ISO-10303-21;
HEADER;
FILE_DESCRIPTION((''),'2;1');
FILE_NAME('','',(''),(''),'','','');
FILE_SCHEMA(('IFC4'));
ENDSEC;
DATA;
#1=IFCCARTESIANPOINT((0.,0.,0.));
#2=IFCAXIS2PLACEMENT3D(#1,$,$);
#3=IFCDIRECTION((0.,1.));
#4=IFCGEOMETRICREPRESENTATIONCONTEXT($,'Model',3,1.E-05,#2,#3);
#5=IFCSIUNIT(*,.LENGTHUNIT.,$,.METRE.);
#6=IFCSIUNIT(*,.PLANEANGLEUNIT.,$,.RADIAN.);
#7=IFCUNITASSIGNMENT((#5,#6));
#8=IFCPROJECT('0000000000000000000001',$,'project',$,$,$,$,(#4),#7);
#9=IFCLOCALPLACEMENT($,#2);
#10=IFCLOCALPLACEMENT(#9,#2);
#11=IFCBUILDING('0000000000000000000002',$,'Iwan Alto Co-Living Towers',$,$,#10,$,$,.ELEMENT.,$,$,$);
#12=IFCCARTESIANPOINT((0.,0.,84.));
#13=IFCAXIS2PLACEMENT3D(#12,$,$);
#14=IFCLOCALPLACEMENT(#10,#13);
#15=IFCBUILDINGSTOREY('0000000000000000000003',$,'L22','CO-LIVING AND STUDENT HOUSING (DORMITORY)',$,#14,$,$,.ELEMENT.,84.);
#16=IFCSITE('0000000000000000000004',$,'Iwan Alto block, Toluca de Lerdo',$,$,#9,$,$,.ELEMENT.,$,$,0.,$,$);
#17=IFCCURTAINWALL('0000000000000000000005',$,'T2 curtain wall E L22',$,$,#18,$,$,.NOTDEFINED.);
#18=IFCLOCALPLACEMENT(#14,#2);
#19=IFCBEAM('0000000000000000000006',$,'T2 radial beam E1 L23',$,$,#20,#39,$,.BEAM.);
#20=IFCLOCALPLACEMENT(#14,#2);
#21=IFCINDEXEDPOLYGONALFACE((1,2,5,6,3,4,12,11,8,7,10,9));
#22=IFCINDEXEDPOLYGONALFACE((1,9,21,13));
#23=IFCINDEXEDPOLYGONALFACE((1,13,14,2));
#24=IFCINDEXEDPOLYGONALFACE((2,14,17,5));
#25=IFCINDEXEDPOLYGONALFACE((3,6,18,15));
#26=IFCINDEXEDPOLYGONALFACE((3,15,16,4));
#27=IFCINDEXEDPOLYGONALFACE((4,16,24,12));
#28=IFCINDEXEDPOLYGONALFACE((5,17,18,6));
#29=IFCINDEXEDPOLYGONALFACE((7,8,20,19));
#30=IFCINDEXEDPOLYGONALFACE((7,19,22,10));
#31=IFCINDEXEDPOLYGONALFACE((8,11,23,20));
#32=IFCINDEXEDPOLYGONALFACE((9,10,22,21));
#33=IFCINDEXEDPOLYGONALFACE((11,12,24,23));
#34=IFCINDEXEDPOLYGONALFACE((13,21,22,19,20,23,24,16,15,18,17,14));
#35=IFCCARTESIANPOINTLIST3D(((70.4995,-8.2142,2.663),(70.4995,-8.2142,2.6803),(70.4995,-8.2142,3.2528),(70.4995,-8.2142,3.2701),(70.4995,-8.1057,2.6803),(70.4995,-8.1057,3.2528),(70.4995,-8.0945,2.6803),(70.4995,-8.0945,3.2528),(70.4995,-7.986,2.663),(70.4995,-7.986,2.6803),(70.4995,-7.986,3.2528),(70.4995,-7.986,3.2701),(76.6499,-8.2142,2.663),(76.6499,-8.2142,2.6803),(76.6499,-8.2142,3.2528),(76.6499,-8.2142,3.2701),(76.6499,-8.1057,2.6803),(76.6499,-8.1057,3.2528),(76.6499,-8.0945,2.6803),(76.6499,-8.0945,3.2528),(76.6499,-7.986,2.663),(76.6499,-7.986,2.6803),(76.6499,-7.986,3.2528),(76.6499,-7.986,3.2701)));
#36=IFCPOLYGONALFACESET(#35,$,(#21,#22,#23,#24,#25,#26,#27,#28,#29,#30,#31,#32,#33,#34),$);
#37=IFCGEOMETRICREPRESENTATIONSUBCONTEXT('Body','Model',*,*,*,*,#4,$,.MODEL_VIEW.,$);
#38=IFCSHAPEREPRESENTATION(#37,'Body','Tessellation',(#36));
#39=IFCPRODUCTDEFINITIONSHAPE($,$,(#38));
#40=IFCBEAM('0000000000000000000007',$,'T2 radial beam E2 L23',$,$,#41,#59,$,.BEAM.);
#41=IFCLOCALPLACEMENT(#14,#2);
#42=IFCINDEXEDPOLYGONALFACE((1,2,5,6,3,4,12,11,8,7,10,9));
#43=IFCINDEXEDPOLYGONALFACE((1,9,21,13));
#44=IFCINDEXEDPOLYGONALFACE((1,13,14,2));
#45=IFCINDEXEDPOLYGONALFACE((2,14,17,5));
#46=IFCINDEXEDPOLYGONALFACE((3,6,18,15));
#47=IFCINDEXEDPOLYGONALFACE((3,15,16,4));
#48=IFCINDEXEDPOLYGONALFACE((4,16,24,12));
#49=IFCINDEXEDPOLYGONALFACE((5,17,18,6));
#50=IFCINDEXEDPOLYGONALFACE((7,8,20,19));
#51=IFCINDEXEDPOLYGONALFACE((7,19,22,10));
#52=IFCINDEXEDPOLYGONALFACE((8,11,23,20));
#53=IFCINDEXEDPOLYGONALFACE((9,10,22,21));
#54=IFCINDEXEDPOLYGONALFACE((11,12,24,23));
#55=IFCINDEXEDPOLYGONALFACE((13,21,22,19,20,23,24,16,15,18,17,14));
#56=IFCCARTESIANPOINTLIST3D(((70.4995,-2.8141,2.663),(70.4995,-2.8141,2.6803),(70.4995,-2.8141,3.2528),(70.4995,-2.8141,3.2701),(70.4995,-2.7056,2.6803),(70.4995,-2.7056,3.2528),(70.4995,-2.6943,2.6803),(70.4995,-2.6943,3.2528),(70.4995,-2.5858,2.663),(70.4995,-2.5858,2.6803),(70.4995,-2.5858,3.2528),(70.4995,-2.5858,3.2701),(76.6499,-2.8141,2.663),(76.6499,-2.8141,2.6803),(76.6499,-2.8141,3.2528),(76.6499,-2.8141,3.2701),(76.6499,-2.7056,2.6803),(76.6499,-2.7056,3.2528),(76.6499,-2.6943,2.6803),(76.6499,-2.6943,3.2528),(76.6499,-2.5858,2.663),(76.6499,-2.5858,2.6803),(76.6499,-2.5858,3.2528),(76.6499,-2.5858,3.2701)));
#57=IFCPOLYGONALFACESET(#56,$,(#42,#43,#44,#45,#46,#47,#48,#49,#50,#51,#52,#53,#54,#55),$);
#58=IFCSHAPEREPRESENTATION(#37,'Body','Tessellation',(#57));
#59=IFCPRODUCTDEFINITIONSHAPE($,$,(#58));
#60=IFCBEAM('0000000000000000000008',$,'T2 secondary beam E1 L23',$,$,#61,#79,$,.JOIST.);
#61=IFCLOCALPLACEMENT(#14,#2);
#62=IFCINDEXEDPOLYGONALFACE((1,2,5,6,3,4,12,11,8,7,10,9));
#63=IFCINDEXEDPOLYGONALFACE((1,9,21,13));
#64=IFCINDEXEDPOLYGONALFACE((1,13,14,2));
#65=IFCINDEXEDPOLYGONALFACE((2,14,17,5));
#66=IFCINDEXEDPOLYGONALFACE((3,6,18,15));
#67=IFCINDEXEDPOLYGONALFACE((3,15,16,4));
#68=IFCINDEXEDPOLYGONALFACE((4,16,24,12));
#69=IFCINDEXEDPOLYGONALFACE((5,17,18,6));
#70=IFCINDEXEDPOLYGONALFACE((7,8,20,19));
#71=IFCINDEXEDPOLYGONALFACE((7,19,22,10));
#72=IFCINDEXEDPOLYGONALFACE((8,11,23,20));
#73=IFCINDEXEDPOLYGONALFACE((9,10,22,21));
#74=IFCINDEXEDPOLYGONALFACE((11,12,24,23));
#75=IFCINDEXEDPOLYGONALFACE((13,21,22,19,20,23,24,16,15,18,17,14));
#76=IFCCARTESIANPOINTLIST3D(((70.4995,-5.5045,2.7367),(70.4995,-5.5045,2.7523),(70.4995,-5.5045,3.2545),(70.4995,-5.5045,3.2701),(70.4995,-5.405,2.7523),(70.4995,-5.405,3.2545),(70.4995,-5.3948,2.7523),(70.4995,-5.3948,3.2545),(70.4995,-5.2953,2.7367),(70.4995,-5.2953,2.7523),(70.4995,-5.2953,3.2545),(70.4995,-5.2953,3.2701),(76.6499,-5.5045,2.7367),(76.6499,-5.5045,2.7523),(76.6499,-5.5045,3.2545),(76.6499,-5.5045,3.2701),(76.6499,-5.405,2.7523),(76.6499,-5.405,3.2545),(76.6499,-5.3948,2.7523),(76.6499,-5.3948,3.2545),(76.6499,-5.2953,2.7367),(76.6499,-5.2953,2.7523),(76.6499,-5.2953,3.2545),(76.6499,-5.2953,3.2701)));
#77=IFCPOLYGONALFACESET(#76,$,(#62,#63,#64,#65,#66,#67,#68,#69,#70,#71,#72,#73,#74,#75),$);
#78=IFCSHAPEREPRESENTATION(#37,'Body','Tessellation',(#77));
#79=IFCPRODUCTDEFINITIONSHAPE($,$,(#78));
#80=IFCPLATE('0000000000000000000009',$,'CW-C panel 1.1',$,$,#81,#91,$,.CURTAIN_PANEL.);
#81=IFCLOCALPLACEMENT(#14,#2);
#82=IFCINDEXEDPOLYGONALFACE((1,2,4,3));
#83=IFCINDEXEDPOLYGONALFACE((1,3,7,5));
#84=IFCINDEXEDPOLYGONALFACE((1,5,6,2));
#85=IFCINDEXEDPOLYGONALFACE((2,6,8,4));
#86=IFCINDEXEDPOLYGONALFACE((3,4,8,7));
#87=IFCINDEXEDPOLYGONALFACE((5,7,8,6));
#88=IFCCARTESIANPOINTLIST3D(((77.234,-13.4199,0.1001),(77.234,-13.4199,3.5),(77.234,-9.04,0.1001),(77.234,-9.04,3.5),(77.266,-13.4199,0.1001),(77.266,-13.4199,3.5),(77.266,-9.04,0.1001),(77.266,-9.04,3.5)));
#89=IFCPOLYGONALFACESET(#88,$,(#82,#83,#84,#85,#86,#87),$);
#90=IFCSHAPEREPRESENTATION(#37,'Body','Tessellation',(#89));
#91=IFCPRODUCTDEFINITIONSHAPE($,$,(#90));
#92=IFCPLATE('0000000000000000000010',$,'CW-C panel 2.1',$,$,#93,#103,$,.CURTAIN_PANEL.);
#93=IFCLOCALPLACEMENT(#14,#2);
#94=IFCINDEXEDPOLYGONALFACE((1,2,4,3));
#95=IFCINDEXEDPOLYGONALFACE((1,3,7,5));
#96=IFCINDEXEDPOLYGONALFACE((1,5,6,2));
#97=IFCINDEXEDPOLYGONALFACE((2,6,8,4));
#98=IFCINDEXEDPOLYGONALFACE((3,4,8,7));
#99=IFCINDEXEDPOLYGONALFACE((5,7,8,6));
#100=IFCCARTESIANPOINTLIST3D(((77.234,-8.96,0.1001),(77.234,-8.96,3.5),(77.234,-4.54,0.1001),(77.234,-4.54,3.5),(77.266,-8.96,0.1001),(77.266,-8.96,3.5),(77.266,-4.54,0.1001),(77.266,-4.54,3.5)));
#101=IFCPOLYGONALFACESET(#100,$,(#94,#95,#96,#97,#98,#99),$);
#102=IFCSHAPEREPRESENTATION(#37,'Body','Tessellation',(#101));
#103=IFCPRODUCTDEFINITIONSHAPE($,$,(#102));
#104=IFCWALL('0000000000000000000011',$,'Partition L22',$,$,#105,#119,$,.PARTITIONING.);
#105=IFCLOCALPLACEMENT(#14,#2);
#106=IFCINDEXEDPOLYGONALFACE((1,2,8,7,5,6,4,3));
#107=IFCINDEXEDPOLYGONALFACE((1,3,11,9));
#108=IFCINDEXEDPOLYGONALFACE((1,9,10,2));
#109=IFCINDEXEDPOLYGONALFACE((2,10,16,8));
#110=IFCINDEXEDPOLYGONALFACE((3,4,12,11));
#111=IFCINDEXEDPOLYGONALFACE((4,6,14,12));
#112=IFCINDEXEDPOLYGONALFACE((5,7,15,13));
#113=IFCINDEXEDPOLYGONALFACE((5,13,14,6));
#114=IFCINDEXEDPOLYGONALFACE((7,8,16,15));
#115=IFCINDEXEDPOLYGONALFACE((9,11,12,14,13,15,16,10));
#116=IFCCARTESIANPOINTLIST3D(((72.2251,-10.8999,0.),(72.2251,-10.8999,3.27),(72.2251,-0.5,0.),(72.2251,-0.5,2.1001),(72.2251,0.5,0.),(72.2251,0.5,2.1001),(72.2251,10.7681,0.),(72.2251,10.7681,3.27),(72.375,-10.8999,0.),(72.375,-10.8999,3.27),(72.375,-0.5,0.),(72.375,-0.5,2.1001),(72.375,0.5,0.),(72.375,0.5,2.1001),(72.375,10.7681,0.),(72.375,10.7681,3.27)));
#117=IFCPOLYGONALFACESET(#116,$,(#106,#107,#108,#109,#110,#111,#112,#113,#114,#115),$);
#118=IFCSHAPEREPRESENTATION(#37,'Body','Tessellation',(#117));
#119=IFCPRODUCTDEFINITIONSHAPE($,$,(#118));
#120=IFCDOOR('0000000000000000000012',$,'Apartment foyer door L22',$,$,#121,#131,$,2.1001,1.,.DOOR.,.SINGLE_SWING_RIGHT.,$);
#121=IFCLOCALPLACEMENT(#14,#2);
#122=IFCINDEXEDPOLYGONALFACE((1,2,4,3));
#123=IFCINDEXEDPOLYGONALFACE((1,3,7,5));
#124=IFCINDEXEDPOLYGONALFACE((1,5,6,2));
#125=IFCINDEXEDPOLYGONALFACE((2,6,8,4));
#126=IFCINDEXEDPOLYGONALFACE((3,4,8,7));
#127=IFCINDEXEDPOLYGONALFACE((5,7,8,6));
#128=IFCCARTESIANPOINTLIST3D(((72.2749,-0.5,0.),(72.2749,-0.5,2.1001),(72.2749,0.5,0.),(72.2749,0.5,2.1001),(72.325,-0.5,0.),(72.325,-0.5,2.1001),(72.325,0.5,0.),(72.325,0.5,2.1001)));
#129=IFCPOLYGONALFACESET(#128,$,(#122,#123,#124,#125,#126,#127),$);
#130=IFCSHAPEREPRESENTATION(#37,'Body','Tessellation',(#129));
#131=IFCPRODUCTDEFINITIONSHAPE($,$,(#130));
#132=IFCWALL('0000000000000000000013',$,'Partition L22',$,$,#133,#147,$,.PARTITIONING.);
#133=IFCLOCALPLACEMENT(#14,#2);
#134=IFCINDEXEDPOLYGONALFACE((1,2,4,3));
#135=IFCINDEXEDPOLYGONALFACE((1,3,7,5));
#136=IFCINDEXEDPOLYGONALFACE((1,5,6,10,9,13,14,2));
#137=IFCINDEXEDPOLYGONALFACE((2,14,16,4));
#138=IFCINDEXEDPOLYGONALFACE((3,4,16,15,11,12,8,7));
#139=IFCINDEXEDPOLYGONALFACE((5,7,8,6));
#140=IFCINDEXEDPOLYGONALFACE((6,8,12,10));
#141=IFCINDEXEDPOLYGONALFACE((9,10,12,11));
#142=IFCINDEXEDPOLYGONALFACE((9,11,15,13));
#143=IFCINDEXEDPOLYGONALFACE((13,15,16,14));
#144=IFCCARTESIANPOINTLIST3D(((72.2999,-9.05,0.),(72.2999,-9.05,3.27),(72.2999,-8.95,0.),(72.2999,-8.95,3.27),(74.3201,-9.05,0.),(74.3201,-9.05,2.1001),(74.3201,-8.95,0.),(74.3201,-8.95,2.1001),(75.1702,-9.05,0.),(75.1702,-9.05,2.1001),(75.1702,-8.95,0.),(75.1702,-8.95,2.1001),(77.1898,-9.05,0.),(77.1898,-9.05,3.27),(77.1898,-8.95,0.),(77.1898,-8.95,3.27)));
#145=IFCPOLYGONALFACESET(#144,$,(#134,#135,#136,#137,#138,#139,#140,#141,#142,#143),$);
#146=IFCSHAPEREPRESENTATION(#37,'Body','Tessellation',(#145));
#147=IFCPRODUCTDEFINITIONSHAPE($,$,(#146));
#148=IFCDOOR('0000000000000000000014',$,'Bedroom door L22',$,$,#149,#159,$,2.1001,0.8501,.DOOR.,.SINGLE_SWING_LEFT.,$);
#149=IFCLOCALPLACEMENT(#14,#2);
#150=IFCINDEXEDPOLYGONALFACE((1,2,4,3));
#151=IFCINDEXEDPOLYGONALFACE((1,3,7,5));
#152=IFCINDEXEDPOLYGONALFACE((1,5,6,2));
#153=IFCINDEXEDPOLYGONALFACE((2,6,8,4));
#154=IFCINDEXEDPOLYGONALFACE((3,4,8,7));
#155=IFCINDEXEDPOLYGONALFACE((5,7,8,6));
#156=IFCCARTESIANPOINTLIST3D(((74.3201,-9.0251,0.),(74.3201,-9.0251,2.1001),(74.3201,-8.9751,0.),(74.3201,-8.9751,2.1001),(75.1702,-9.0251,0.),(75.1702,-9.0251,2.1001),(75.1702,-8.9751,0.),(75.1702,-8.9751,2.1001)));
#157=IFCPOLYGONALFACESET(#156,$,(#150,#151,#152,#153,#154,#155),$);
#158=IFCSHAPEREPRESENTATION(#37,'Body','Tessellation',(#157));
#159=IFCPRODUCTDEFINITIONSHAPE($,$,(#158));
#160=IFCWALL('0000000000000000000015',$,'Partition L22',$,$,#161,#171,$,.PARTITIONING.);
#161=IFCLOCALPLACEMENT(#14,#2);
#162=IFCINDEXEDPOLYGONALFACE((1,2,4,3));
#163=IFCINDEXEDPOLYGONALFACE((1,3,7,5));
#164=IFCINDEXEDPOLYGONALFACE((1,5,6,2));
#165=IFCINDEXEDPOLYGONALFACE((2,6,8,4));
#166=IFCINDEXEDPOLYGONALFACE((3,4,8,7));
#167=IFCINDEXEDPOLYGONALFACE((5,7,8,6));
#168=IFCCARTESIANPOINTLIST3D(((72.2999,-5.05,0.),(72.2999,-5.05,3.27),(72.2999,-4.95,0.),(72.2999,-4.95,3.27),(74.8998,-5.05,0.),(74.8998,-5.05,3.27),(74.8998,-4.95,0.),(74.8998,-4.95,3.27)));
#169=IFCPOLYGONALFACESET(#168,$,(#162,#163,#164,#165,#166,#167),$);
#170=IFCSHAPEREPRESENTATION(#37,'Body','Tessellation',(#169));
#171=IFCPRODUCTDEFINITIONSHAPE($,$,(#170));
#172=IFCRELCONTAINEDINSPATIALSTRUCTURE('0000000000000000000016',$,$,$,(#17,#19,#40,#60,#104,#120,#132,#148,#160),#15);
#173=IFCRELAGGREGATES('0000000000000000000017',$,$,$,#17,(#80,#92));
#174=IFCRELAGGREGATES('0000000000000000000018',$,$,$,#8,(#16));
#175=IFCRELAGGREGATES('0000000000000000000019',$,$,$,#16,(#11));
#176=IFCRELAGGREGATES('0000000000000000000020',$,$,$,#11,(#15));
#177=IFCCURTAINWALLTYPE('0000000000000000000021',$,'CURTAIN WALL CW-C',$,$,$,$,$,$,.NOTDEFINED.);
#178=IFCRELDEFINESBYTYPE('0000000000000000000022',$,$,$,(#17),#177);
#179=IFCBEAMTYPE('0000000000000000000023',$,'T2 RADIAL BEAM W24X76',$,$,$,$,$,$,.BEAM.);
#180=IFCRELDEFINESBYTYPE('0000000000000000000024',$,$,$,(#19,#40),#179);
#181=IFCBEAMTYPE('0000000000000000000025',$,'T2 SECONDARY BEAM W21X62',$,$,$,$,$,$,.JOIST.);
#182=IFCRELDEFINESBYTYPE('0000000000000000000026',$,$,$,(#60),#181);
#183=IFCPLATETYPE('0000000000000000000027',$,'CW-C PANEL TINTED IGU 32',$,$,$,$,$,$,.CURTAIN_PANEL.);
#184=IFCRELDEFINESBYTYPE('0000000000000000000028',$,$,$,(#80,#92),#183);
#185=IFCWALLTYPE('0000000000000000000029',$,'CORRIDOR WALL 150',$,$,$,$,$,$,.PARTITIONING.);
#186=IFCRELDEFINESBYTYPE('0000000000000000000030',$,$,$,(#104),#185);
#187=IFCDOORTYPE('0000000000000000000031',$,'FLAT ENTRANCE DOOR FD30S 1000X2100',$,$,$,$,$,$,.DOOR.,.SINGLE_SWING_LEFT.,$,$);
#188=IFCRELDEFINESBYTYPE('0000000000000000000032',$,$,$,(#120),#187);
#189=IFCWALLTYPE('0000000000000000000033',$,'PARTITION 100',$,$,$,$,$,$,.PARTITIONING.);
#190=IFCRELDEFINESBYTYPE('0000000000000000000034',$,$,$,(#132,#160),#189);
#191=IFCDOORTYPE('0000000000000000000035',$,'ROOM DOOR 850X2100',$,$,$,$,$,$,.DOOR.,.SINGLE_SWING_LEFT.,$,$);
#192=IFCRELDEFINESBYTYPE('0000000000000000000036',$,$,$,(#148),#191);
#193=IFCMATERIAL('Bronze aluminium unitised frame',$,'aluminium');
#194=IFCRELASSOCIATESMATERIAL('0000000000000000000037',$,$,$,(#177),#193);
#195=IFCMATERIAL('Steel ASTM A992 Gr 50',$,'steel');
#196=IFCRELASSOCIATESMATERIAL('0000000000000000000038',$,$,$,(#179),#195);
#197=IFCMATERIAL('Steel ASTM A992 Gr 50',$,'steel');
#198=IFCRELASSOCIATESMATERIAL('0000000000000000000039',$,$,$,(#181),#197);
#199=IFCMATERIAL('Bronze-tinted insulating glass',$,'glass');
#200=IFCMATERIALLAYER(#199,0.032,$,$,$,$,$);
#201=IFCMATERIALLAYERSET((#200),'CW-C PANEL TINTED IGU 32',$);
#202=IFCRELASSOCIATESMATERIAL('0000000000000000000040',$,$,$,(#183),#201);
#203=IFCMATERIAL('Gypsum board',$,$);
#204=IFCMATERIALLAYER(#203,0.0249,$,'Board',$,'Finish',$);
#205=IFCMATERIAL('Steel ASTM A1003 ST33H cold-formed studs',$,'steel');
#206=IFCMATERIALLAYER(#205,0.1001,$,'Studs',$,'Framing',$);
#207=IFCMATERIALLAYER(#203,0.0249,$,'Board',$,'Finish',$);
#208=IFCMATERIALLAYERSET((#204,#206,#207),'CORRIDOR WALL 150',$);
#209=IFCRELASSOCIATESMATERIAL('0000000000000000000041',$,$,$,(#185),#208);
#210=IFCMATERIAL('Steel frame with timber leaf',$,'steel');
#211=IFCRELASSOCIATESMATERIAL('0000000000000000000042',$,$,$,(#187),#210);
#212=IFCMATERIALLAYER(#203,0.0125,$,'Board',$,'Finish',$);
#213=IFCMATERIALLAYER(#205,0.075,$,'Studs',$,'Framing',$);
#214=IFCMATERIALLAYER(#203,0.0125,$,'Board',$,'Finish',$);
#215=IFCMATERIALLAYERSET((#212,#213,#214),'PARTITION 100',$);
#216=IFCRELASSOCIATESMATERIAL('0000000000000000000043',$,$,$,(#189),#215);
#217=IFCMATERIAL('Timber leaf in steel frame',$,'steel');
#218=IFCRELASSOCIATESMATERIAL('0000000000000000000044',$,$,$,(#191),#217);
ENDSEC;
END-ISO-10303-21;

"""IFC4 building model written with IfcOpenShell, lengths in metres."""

from ifc_helpers import new_model, si_unit, direction, frame, frame_2d, origin, origin_2d, place, context, subcontext, project, spatial, rectangle, i_section, extrude, material, layer, layer_set, material_profile, profile_set, type_object, element, fill, aggregate, save


model = new_model("IFC4")

# Units and contexts
model_context = context("Model", 3, precision=1e-05, world=origin(), true_north=direction((0.0, 1.0)))
body_context = subcontext(model_context, "Body", "Model", "MODEL_VIEW")
ifc_project = project(units=[si_unit("LENGTHUNIT", "METRE"), si_unit("PLANEANGLEUNIT", "RADIAN")], contexts=[model_context])

# Site, building, storey
site_placement = place(None, origin())
site = spatial("IfcSite", under=ifc_project, at=site_placement, Name="Iwan Alto block, Toluca de Lerdo", CompositionType="ELEMENT", RefElevation=0.0)
building_placement = place(site_placement, origin())
building = spatial("IfcBuilding", under=site, at=building_placement, Name="Iwan Alto Co-Living Towers", CompositionType="ELEMENT")
storey_placement = place(building_placement, frame((0.0, 0.0, 84.0)))
storey = spatial("IfcBuildingStorey", under=building, at=storey_placement, Name="L22", Description="CO-LIVING AND STUDENT HOUSING (DORMITORY)", CompositionType="ELEMENT", Elevation=84.0)

# Curtain wall
ifc_material_1 = material(Name="Bronze aluminium unitised frame", Category="aluminium")
curtain_wall_type = type_object("IfcCurtainWallType", Name="CURTAIN WALL CW-C", PredefinedType="NOTDEFINED", material=ifc_material_1)
curtain_wall_placement = place(storey_placement, origin())
curtain_wall = element("IfcCurtainWall", 1, at=curtain_wall_placement, inside=storey, type_object=curtain_wall_type, Name="T2 curtain wall E L22", PredefinedType="NOTDEFINED")

# Beams
ifc_material_2 = material(Name="Steel ASTM A992 Gr 50", Category="steel")
ifc_material_profile_1 = material_profile(ifc_material_2, i_section(OverallWidth=0.2283, OverallDepth=0.6072, WebThickness=0.0112, FlangeThickness=0.0173, at=origin_2d()), Name="W24X76")
ifc_profile_set_1 = profile_set([ifc_material_profile_1], Name="Steel ASTM A992 Gr 50")
beam_type_1 = type_object("IfcBeamType", Name="T2 RADIAL BEAM W24X76", PredefinedType="BEAM", material=ifc_profile_set_1)
for number, where, z_axis, x_axis, name in (
    (2, (76.6499, -8.1001, 2.9666), (-1.0, 0.0, 0.0), (0.0, -1.0, 0.0), "T2 radial beam E1 L23"),
    (3, (76.6499, -2.7, 2.9666), (-1.0, 0.0, 0.0), (0.0, -1.0, 0.0), "T2 radial beam E2 L23"),
):
    element("IfcBeam", number, at=place(storey_placement, frame(where, z_axis=z_axis, x_axis=x_axis)), inside=storey, type_object=beam_type_1, Name=name, PredefinedType="BEAM", context=body_context, shape_type="SweptSolid", body=[
        extrude(i_section(OverallWidth=0.2283, OverallDepth=0.6072, WebThickness=0.0112, FlangeThickness=0.0173, at=origin_2d()), origin(), (0.0, 0.0, 1.0), 6.1504),
    ])
ifc_material_3 = material(Name="Steel ASTM A992 Gr 50", Category="steel")
ifc_material_profile_2 = material_profile(ifc_material_3, i_section(OverallWidth=0.2092, OverallDepth=0.5334, WebThickness=0.0103, FlangeThickness=0.0156, at=origin_2d()), Name="W21X62")
ifc_profile_set_2 = profile_set([ifc_material_profile_2], Name="Steel ASTM A992 Gr 50")
beam_type_2 = type_object("IfcBeamType", Name="T2 SECONDARY BEAM W21X62", PredefinedType="JOIST", material=ifc_profile_set_2)
beam_1_placement = place(storey_placement, frame((76.6499, -5.3999, 3.0034), z_axis=(-1.0, 0.0, 0.0), x_axis=(0.0, -1.0, 0.0)))
element("IfcBeam", 4, at=beam_1_placement, inside=storey, type_object=beam_type_2, Name="T2 secondary beam E1 L23", PredefinedType="JOIST", context=body_context, shape_type="SweptSolid", body=[
    extrude(i_section(OverallWidth=0.2092, OverallDepth=0.5334, WebThickness=0.0103, FlangeThickness=0.0156, at=origin_2d()), origin(), (0.0, 0.0, 1.0), 6.1504),
])

# Plates
ifc_material_4 = material(Name="Bronze-tinted insulating glass", Category="glass")
ifc_layer_1 = layer(ifc_material_4, 0.032)
ifc_layer_set_1 = layer_set([ifc_layer_1], Name="CW-C PANEL TINTED IGU 32")
plate_type = type_object("IfcPlateType", Name="CW-C PANEL TINTED IGU 32", PredefinedType="CURTAIN_PANEL", material=ifc_layer_set_1)
plate_1_placement = place(storey_placement, frame((77.25, -11.23, 0.1001), z_axis=(0.0, 0.0, 1.0), x_axis=(0.0, 1.0, 0.0)))
plate_1 = element("IfcPlate", 5, at=plate_1_placement, type_object=plate_type, Name="CW-C panel 1.1", PredefinedType="CURTAIN_PANEL", context=body_context, shape_type="SweptSolid", body=[
    extrude(rectangle(XDim=4.3799, YDim=0.032, at=origin_2d()), origin(), (0.0, 0.0, 1.0), 3.3999),
])
plate_2_placement = place(storey_placement, frame((77.25, -6.75, 0.1001), z_axis=(0.0, 0.0, 1.0), x_axis=(0.0, 1.0, 0.0)))
plate_2 = element("IfcPlate", 6, at=plate_2_placement, type_object=plate_type, Name="CW-C panel 2.1", PredefinedType="CURTAIN_PANEL", context=body_context, shape_type="SweptSolid", body=[
    extrude(rectangle(XDim=4.4199, YDim=0.032, at=origin_2d()), origin(), (0.0, 0.0, 1.0), 3.3999),
])
aggregate(curtain_wall, [plate_1, plate_2])

# Walls, openings, doors
ifc_material_5 = material(Name="Gypsum board")
ifc_layer_2 = layer(ifc_material_5, 0.0249, Name="Board", Category="Finish")
ifc_material_6 = material(Name="Steel ASTM A1003 ST33H cold-formed studs", Category="steel")
ifc_layer_3 = layer(ifc_material_6, 0.1001, Name="Studs", Category="Framing")
ifc_layer_4 = layer(ifc_material_5, 0.0249, Name="Board", Category="Finish")
ifc_layer_set_2 = layer_set([ifc_layer_2, ifc_layer_3, ifc_layer_4], Name="CORRIDOR WALL 150")
wall_type_1 = type_object("IfcWallType", Name="CORRIDOR WALL 150", PredefinedType="PARTITIONING", material=ifc_layer_set_2)
wall_1_placement = place(storey_placement, frame((72.3, -10.8999, 0.0), z_axis=(0.0, 0.0, 1.0), x_axis=(0.0, 1.0, 0.0)))
wall_1 = element("IfcWall", 7, at=wall_1_placement, inside=storey, type_object=wall_type_1, Name="Partition L22", PredefinedType="PARTITIONING", context=body_context, shape_type="SweptSolid", body=[
    extrude(rectangle(XDim=21.668, YDim=0.1499, at=frame_2d((10.834, 0.0))), origin(), (0.0, 0.0, 1.0), 3.27),
])
opening_1_placement = place(wall_1_placement, frame((10.3999, 0.0, 0.0)))
opening_1 = element("IfcOpeningElement", 8, at=opening_1_placement, cuts=wall_1, PredefinedType="OPENING", context=body_context, shape_type="SweptSolid", body=[
    extrude(rectangle(XDim=1.0, YDim=2.1001, at=frame_2d((0.5, 1.05))), frame((0.0, 0.085, 0.0), z_axis=(0.0, -1.0, 0.0), x_axis=(1.0, 0.0, 0.0)), (0.0, 0.0, 1.0), 0.1699),
])
ifc_material_7 = material(Name="Steel frame with timber leaf", Category="steel")
door_type_1 = type_object("IfcDoorType", Name="FLAT ENTRANCE DOOR FD30S 1000X2100", OperationType="SINGLE_SWING_LEFT", PredefinedType="DOOR", material=ifc_material_7)
door_1_placement = place(opening_1_placement, frame((1.0, 0.0, 0.0), z_axis=(0.0, 0.0, 1.0), x_axis=(-1.0, 0.0, 0.0)))
door_1 = element("IfcDoor", 9, at=door_1_placement, inside=storey, type_object=door_type_1, Name="Apartment foyer door L22", OperationType="SINGLE_SWING_RIGHT", OverallHeight=2.1001, OverallWidth=1.0, PredefinedType="DOOR", context=body_context, shape_type="SweptSolid", body=[
    extrude(rectangle(XDim=1.0, YDim=2.1001, at=frame_2d((0.5, 1.05))), frame((0.0, 0.0249, 0.0), z_axis=(0.0, -1.0, 0.0), x_axis=(1.0, 0.0, 0.0)), (0.0, 0.0, 1.0), 0.05),
])
fill(opening_1, door_1)
ifc_layer_5 = layer(ifc_material_5, 0.0125, Name="Board", Category="Finish")
ifc_layer_6 = layer(ifc_material_6, 0.075, Name="Studs", Category="Framing")
ifc_layer_7 = layer(ifc_material_5, 0.0125, Name="Board", Category="Finish")
ifc_layer_set_3 = layer_set([ifc_layer_5, ifc_layer_6, ifc_layer_7], Name="PARTITION 100")
wall_type_2 = type_object("IfcWallType", Name="PARTITION 100", PredefinedType="PARTITIONING", material=ifc_layer_set_3)
wall_2_placement = place(storey_placement, frame((72.3, -9.0, 0.0), z_axis=(0.0, 0.0, 1.0), x_axis=(1.0, 0.0, 0.0)))
wall_2 = element("IfcWall", 10, at=wall_2_placement, inside=storey, type_object=wall_type_2, Name="Partition L22", PredefinedType="PARTITIONING", context=body_context, shape_type="SweptSolid", body=[
    extrude(rectangle(XDim=4.8899, YDim=0.1001, at=frame_2d((2.4448, 0.0))), origin(), (0.0, 0.0, 1.0), 3.27),
])
opening_2_placement = place(wall_2_placement, frame((2.02, 0.0, 0.0)))
opening_2 = element("IfcOpeningElement", 11, at=opening_2_placement, cuts=wall_2, PredefinedType="OPENING", context=body_context, shape_type="SweptSolid", body=[
    extrude(rectangle(XDim=0.8501, YDim=2.1001, at=frame_2d((0.425, 1.05))), frame((0.0, 0.0601, 0.0), z_axis=(0.0, -1.0, 0.0), x_axis=(1.0, 0.0, 0.0)), (0.0, 0.0, 1.0), 0.1201),
])
ifc_material_8 = material(Name="Timber leaf in steel frame", Category="steel")
door_type_2 = type_object("IfcDoorType", Name="ROOM DOOR 850X2100", OperationType="SINGLE_SWING_LEFT", PredefinedType="DOOR", material=ifc_material_8)
door_2_placement = place(opening_2_placement, origin())
door_2 = element("IfcDoor", 12, at=door_2_placement, inside=storey, type_object=door_type_2, Name="Bedroom door L22", OperationType="SINGLE_SWING_LEFT", OverallHeight=2.1001, OverallWidth=0.8501, PredefinedType="DOOR", context=body_context, shape_type="SweptSolid", body=[
    extrude(rectangle(XDim=0.8501, YDim=2.1001, at=frame_2d((0.425, 1.05))), frame((0.0, 0.0249, 0.0), z_axis=(0.0, -1.0, 0.0), x_axis=(1.0, 0.0, 0.0)), (0.0, 0.0, 1.0), 0.05),
])
fill(opening_2, door_2)

# Wall
wall_3_placement = place(storey_placement, frame((72.3, -5.0, 0.0), z_axis=(0.0, 0.0, 1.0), x_axis=(1.0, 0.0, 0.0)))
element("IfcWall", 13, at=wall_3_placement, inside=storey, type_object=wall_type_2, Name="Partition L22", PredefinedType="PARTITIONING", context=body_context, shape_type="SweptSolid", body=[
    extrude(rectangle(XDim=2.5999, YDim=0.1001, at=frame_2d((1.2998, 0.0))), origin(), (0.0, 0.0, 1.0), 3.27),
])

save(model, "model.ifc")
